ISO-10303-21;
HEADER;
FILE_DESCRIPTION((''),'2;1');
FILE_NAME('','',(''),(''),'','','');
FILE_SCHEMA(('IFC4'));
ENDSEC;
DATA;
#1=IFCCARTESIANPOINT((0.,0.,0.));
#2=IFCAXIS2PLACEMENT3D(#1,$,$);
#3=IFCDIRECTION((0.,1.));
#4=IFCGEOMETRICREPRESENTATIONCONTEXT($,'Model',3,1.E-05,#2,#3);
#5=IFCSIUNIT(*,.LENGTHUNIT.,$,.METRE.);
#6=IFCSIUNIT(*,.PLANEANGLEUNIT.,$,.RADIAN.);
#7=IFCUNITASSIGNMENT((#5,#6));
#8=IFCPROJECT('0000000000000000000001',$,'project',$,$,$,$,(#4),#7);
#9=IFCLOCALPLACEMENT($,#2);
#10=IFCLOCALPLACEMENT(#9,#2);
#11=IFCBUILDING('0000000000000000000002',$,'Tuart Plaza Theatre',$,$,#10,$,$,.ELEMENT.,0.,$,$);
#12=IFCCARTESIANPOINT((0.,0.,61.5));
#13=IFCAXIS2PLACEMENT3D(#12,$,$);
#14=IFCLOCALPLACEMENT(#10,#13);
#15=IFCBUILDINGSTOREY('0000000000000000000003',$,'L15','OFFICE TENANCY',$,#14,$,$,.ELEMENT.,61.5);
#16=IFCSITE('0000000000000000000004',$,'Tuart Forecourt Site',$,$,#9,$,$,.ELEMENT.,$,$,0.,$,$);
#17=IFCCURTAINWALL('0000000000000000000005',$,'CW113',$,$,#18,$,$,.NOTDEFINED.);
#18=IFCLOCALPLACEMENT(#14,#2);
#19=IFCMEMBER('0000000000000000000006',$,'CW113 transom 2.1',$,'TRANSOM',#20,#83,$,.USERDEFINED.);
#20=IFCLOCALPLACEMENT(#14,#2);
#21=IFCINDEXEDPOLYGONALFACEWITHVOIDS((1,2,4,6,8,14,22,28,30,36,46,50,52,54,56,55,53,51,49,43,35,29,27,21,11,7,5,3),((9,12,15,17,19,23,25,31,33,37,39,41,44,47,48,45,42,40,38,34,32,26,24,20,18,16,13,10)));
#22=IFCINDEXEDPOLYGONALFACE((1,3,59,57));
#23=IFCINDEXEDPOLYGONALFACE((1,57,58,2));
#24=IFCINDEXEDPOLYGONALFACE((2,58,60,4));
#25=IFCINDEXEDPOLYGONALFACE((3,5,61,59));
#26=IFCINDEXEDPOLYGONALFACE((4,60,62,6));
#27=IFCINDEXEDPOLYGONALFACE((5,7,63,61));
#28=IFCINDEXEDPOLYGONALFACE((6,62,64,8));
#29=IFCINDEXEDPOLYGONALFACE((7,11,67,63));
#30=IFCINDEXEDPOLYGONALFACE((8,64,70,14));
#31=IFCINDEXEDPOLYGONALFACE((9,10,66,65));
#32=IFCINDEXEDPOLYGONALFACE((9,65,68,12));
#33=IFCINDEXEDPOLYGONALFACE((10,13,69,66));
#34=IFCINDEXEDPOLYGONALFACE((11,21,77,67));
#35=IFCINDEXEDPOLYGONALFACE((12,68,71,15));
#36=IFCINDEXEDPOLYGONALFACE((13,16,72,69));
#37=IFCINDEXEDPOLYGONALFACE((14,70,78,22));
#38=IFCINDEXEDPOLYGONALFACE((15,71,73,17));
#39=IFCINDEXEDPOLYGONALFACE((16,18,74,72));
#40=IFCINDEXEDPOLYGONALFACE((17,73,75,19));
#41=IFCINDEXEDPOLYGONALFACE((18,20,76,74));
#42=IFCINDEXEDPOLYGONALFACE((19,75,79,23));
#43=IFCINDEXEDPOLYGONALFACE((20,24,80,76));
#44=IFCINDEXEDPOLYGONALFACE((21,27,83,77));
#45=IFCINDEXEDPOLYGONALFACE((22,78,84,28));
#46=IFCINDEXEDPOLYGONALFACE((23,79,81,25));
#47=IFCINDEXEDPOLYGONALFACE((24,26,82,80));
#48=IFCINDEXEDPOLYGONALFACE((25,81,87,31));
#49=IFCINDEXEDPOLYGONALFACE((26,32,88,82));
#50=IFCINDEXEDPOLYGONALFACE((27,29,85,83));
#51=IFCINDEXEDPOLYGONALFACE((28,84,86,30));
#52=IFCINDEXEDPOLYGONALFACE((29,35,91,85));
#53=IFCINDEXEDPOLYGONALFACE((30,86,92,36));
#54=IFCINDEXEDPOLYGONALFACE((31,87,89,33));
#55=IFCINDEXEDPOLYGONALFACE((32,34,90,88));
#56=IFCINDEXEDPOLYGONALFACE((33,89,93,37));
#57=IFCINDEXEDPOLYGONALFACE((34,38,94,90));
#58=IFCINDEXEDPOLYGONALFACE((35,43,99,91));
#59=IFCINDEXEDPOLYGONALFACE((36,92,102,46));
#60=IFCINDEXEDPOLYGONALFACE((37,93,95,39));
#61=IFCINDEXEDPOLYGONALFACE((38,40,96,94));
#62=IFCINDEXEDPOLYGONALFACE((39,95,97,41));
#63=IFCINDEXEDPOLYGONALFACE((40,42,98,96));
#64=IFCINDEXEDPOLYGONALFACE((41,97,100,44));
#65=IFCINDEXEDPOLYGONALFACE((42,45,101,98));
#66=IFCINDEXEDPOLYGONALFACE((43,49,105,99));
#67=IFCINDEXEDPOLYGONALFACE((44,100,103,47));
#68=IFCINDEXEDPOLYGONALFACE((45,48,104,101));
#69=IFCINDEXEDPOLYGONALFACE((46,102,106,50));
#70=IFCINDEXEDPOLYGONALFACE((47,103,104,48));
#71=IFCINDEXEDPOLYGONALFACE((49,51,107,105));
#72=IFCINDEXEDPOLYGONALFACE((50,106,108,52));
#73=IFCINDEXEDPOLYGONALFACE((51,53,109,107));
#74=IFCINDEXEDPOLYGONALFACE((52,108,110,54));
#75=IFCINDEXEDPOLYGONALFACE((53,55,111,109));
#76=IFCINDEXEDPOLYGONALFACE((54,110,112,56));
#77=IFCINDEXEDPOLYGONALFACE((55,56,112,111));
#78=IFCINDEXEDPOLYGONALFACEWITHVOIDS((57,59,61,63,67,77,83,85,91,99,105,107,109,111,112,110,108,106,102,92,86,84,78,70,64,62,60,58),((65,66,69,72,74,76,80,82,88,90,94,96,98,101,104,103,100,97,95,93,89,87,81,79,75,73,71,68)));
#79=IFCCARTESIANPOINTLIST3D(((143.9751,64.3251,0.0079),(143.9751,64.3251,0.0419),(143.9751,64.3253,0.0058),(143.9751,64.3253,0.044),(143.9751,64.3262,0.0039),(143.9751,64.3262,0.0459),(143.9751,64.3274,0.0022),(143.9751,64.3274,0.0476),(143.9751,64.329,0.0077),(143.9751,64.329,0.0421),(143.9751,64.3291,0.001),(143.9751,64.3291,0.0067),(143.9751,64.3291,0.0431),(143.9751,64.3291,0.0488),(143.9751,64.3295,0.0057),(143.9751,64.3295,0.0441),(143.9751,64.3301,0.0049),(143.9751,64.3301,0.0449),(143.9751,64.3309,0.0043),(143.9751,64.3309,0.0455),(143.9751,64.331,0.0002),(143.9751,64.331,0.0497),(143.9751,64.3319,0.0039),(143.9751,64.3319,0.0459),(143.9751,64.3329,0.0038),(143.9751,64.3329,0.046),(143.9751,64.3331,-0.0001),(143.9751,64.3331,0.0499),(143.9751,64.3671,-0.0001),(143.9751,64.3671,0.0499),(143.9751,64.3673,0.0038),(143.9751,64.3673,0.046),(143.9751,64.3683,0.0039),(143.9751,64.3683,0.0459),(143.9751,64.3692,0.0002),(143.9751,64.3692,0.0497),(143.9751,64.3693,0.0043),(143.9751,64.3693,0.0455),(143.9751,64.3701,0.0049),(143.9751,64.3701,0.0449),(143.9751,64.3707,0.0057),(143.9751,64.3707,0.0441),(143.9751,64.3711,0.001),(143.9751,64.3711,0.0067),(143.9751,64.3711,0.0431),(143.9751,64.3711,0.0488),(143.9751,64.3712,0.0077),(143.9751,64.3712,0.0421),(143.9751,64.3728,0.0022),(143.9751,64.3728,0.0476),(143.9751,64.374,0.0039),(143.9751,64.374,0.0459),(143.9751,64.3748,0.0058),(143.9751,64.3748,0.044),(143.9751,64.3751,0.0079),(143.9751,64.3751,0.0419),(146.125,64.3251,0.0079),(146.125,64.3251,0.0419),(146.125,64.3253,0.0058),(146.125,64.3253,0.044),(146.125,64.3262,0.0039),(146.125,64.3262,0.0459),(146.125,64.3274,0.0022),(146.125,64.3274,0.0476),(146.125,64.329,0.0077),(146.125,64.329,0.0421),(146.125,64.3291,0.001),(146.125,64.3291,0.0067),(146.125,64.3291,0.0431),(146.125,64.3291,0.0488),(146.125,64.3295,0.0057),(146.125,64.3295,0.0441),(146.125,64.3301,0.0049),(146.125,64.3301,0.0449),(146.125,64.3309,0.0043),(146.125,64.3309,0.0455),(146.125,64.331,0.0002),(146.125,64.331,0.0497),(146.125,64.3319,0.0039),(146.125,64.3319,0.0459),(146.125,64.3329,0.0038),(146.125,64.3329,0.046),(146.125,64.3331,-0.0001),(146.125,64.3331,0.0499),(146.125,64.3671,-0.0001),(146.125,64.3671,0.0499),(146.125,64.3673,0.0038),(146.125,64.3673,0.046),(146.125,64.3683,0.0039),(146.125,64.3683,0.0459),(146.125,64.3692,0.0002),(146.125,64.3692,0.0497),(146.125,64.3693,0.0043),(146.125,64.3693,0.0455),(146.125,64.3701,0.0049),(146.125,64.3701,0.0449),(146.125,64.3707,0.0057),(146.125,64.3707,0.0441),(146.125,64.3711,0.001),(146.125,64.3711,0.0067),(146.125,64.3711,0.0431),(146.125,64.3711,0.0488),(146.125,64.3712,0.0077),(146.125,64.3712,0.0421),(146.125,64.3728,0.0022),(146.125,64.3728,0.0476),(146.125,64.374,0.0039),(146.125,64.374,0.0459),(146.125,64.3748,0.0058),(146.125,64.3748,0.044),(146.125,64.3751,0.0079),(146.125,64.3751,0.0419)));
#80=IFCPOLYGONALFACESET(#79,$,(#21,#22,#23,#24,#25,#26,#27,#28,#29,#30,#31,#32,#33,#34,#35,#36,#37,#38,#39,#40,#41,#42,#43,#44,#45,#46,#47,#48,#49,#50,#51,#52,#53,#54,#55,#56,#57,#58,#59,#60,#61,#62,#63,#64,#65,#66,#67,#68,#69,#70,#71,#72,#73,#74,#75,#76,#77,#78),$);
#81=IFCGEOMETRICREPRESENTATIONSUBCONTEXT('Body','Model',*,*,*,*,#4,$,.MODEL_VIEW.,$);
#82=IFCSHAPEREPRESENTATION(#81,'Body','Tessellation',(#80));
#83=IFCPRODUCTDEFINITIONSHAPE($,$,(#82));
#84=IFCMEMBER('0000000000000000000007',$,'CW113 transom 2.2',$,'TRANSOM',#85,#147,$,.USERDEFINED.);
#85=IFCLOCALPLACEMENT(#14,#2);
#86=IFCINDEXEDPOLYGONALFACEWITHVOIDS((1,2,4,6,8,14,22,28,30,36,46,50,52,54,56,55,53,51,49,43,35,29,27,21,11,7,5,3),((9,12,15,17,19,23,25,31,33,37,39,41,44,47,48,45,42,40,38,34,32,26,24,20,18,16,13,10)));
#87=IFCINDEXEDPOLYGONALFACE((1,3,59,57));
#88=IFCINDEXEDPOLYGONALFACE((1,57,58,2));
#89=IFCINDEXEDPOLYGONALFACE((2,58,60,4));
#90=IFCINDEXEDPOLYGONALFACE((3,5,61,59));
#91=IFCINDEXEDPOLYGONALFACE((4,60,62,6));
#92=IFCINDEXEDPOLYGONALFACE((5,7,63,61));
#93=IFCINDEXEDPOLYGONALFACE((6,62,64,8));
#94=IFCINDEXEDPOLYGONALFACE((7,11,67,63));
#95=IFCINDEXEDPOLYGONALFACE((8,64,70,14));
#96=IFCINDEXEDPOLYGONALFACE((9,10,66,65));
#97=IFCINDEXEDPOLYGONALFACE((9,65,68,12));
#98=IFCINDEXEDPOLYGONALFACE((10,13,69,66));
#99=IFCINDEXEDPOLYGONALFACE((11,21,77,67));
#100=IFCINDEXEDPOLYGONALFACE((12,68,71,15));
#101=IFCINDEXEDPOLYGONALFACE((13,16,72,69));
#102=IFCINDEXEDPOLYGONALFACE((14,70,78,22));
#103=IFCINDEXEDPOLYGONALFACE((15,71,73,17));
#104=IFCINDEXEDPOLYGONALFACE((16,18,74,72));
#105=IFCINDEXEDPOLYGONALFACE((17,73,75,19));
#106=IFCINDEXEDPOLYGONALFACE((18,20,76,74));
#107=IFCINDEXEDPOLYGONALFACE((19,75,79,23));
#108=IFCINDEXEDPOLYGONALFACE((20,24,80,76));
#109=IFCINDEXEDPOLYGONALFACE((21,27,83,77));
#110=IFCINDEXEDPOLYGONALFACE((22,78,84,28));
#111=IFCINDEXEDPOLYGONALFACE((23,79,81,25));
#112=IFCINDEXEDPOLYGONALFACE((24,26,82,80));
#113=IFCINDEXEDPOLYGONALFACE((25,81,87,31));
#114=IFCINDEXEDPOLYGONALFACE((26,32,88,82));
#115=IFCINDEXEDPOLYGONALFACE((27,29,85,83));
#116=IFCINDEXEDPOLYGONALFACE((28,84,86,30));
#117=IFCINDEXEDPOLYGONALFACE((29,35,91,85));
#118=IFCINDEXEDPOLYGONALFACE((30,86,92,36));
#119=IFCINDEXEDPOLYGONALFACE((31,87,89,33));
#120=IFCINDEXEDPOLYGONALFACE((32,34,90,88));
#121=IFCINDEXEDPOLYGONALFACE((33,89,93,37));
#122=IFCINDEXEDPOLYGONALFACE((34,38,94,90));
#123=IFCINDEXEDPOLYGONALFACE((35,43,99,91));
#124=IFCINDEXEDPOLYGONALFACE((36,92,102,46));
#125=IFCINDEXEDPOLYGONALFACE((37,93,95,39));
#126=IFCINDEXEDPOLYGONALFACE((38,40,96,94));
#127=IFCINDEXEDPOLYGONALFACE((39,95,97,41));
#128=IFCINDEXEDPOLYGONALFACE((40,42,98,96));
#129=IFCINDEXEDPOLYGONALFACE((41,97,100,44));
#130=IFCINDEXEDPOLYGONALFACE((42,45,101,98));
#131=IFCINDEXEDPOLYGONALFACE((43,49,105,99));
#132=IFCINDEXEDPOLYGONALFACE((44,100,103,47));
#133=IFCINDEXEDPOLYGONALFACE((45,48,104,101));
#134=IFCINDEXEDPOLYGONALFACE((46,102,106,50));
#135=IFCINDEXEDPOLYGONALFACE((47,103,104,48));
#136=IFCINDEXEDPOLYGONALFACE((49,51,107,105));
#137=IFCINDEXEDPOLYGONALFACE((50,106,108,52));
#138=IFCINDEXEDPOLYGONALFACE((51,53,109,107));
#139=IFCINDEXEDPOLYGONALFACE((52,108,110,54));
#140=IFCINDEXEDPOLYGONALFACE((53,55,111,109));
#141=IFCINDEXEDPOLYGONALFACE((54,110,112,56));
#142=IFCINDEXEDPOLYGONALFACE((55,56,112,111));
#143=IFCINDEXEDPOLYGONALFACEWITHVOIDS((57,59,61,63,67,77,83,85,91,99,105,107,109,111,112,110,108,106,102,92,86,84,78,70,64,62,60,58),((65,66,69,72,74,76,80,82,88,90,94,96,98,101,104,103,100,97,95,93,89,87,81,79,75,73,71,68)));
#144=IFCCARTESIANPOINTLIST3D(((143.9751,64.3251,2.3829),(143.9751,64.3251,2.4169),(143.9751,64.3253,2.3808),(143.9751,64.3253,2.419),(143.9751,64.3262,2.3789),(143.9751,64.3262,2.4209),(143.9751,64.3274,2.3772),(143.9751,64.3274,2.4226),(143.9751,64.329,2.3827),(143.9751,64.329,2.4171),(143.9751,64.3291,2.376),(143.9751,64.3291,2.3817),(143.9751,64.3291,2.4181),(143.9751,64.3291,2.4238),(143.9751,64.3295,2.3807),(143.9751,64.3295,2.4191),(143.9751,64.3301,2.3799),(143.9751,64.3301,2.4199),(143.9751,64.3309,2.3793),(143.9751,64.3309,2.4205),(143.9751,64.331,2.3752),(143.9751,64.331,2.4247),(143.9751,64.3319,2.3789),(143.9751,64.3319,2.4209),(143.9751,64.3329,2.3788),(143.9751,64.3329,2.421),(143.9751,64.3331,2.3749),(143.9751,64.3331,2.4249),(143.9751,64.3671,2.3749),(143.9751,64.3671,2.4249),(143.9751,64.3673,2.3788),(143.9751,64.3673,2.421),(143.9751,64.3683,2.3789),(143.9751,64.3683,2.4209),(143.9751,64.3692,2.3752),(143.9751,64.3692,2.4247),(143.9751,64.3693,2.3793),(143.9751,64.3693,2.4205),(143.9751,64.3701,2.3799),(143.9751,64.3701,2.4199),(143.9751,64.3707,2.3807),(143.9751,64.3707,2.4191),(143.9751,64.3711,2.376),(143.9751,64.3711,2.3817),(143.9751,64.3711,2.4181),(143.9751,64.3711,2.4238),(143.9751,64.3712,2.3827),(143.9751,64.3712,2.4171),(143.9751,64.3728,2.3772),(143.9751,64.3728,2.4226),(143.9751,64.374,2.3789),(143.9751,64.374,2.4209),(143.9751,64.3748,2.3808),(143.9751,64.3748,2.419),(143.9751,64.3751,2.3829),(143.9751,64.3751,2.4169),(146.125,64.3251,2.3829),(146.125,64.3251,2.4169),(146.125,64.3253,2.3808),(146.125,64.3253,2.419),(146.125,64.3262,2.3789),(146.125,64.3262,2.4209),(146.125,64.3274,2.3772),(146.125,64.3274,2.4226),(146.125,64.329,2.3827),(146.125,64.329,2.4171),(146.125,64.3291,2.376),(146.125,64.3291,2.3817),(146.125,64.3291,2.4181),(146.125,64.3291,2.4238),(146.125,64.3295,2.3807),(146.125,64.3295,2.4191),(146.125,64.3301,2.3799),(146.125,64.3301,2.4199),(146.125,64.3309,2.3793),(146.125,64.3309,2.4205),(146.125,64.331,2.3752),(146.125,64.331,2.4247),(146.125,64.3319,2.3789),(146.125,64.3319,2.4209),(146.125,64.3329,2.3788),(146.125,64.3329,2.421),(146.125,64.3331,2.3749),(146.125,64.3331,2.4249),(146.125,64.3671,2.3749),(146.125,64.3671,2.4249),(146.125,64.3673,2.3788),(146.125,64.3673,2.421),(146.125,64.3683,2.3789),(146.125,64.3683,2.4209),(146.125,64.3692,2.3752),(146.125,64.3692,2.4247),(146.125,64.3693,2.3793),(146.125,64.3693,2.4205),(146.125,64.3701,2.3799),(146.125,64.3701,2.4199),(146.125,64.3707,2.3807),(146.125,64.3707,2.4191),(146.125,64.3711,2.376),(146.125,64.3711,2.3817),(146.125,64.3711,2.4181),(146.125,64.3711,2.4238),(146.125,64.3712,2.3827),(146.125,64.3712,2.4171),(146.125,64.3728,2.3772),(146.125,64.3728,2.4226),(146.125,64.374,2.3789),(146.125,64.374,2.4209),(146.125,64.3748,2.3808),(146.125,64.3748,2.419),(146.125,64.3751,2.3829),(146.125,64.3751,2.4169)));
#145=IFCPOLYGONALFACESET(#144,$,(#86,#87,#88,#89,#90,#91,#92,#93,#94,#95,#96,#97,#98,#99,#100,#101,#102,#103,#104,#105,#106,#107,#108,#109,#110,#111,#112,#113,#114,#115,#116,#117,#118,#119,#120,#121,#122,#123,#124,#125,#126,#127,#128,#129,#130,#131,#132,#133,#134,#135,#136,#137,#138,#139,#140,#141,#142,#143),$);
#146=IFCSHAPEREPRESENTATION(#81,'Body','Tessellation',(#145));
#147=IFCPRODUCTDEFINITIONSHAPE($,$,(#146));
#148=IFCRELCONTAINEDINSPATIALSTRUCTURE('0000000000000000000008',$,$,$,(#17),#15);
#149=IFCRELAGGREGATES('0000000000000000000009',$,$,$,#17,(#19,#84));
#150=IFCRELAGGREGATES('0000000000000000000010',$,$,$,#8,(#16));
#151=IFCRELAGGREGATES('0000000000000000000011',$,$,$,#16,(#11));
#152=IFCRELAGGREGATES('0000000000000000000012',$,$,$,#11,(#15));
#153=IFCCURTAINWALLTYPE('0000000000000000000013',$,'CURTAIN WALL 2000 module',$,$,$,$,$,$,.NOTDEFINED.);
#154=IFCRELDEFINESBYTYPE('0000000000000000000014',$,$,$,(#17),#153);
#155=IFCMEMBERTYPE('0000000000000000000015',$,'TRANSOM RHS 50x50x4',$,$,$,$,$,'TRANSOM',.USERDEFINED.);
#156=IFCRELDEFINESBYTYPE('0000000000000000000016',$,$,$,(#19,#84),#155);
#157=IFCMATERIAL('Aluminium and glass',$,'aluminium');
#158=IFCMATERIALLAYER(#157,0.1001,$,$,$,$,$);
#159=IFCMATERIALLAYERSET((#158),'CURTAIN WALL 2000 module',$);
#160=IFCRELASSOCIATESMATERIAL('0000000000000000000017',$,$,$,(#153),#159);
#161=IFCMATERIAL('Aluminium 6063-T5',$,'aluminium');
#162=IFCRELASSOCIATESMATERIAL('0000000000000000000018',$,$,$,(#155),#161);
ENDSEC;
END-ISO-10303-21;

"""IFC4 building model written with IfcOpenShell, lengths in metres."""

from ifc_helpers import new_model, si_unit, direction, frame, origin, origin_2d, place, context, subcontext, project, spatial, hollow_rectangle, extrude, material, layer, layer_set, material_profile, profile_set, type_object, element, aggregate, save


model = new_model("IFC4")

# Units and contexts
model_context = context("Model", 3, precision=1e-05, world=origin(), true_north=direction((0.0, 1.0)))
body_context = subcontext(model_context, "Body", "Model", "MODEL_VIEW")
ifc_project = project(units=[si_unit("LENGTHUNIT", "METRE"), si_unit("PLANEANGLEUNIT", "RADIAN")], contexts=[model_context])

# Site, building, storey
site_placement = place(None, origin())
site = spatial("IfcSite", under=ifc_project, at=site_placement, Name="Tuart Forecourt Site", CompositionType="ELEMENT", RefElevation=0.0)
building_placement = place(site_placement, origin())
building = spatial("IfcBuilding", under=site, at=building_placement, Name="Tuart Plaza Theatre", CompositionType="ELEMENT", ElevationOfRefHeight=0.0)
storey_placement = place(building_placement, frame((0.0, 0.0, 61.5)))
storey = spatial("IfcBuildingStorey", under=building, at=storey_placement, Name="L15", Description="OFFICE TENANCY", CompositionType="ELEMENT", Elevation=61.5)

# Curtain wall, members
ifc_material_1 = material(Name="Aluminium and glass", Category="aluminium")
ifc_layer_1 = layer(ifc_material_1, 0.1001)
ifc_layer_set_1 = layer_set([ifc_layer_1], Name="CURTAIN WALL 2000 module")
curtain_wall_type = type_object("IfcCurtainWallType", Name="CURTAIN WALL 2000 module", PredefinedType="NOTDEFINED", material=ifc_layer_set_1)
curtain_wall_placement = place(storey_placement, origin())
curtain_wall = element("IfcCurtainWall", 1, at=curtain_wall_placement, inside=storey, type_object=curtain_wall_type, Name="CW113", PredefinedType="NOTDEFINED")
ifc_material_2 = material(Name="Aluminium 6063-T5", Category="aluminium")
ifc_material_profile_1 = material_profile(ifc_material_2, hollow_rectangle(XDim=0.05, YDim=0.05, WallThickness=0.0039, InnerFilletRadius=0.0039, OuterFilletRadius=0.0081, at=origin_2d()), Name="RHS 50x50x4")
ifc_profile_set_1 = profile_set([ifc_material_profile_1], Name="Aluminium 6063-T5")
member_type_1 = type_object("IfcMemberType", Name="TRANSOM RHS 50x50x4", ElementType="TRANSOM", PredefinedType="USERDEFINED", material=ifc_profile_set_1)
member_1_placement = place(storey_placement, frame((143.9751, 64.3501, 0.0249), z_axis=(1.0, 0.0, 0.0), x_axis=(0.0, 1.0, 0.0)))
member_1 = element("IfcMember", 2, at=member_1_placement, type_object=member_type_1, Name="CW113 transom 2.1", ObjectType="TRANSOM", PredefinedType="USERDEFINED", context=body_context, shape_type="SweptSolid", body=[
    extrude(hollow_rectangle(XDim=0.05, YDim=0.05, WallThickness=0.0039, InnerFilletRadius=0.0039, OuterFilletRadius=0.0081, at=origin_2d()), origin(), (0.0, 0.0, 1.0), 2.1499),
])
member_2_placement = place(storey_placement, frame((143.9751, 64.3501, 2.3999), z_axis=(1.0, 0.0, 0.0), x_axis=(0.0, 1.0, 0.0)))
member_2 = element("IfcMember", 3, at=member_2_placement, type_object=member_type_1, Name="CW113 transom 2.2", ObjectType="TRANSOM", PredefinedType="USERDEFINED", context=body_context, shape_type="SweptSolid", body=[
    extrude(hollow_rectangle(XDim=0.05, YDim=0.05, WallThickness=0.0039, InnerFilletRadius=0.0039, OuterFilletRadius=0.0081, at=origin_2d()), origin(), (0.0, 0.0, 1.0), 2.1499),
])
aggregate(curtain_wall, [member_1, member_2])

save(model, "model.ifc")
